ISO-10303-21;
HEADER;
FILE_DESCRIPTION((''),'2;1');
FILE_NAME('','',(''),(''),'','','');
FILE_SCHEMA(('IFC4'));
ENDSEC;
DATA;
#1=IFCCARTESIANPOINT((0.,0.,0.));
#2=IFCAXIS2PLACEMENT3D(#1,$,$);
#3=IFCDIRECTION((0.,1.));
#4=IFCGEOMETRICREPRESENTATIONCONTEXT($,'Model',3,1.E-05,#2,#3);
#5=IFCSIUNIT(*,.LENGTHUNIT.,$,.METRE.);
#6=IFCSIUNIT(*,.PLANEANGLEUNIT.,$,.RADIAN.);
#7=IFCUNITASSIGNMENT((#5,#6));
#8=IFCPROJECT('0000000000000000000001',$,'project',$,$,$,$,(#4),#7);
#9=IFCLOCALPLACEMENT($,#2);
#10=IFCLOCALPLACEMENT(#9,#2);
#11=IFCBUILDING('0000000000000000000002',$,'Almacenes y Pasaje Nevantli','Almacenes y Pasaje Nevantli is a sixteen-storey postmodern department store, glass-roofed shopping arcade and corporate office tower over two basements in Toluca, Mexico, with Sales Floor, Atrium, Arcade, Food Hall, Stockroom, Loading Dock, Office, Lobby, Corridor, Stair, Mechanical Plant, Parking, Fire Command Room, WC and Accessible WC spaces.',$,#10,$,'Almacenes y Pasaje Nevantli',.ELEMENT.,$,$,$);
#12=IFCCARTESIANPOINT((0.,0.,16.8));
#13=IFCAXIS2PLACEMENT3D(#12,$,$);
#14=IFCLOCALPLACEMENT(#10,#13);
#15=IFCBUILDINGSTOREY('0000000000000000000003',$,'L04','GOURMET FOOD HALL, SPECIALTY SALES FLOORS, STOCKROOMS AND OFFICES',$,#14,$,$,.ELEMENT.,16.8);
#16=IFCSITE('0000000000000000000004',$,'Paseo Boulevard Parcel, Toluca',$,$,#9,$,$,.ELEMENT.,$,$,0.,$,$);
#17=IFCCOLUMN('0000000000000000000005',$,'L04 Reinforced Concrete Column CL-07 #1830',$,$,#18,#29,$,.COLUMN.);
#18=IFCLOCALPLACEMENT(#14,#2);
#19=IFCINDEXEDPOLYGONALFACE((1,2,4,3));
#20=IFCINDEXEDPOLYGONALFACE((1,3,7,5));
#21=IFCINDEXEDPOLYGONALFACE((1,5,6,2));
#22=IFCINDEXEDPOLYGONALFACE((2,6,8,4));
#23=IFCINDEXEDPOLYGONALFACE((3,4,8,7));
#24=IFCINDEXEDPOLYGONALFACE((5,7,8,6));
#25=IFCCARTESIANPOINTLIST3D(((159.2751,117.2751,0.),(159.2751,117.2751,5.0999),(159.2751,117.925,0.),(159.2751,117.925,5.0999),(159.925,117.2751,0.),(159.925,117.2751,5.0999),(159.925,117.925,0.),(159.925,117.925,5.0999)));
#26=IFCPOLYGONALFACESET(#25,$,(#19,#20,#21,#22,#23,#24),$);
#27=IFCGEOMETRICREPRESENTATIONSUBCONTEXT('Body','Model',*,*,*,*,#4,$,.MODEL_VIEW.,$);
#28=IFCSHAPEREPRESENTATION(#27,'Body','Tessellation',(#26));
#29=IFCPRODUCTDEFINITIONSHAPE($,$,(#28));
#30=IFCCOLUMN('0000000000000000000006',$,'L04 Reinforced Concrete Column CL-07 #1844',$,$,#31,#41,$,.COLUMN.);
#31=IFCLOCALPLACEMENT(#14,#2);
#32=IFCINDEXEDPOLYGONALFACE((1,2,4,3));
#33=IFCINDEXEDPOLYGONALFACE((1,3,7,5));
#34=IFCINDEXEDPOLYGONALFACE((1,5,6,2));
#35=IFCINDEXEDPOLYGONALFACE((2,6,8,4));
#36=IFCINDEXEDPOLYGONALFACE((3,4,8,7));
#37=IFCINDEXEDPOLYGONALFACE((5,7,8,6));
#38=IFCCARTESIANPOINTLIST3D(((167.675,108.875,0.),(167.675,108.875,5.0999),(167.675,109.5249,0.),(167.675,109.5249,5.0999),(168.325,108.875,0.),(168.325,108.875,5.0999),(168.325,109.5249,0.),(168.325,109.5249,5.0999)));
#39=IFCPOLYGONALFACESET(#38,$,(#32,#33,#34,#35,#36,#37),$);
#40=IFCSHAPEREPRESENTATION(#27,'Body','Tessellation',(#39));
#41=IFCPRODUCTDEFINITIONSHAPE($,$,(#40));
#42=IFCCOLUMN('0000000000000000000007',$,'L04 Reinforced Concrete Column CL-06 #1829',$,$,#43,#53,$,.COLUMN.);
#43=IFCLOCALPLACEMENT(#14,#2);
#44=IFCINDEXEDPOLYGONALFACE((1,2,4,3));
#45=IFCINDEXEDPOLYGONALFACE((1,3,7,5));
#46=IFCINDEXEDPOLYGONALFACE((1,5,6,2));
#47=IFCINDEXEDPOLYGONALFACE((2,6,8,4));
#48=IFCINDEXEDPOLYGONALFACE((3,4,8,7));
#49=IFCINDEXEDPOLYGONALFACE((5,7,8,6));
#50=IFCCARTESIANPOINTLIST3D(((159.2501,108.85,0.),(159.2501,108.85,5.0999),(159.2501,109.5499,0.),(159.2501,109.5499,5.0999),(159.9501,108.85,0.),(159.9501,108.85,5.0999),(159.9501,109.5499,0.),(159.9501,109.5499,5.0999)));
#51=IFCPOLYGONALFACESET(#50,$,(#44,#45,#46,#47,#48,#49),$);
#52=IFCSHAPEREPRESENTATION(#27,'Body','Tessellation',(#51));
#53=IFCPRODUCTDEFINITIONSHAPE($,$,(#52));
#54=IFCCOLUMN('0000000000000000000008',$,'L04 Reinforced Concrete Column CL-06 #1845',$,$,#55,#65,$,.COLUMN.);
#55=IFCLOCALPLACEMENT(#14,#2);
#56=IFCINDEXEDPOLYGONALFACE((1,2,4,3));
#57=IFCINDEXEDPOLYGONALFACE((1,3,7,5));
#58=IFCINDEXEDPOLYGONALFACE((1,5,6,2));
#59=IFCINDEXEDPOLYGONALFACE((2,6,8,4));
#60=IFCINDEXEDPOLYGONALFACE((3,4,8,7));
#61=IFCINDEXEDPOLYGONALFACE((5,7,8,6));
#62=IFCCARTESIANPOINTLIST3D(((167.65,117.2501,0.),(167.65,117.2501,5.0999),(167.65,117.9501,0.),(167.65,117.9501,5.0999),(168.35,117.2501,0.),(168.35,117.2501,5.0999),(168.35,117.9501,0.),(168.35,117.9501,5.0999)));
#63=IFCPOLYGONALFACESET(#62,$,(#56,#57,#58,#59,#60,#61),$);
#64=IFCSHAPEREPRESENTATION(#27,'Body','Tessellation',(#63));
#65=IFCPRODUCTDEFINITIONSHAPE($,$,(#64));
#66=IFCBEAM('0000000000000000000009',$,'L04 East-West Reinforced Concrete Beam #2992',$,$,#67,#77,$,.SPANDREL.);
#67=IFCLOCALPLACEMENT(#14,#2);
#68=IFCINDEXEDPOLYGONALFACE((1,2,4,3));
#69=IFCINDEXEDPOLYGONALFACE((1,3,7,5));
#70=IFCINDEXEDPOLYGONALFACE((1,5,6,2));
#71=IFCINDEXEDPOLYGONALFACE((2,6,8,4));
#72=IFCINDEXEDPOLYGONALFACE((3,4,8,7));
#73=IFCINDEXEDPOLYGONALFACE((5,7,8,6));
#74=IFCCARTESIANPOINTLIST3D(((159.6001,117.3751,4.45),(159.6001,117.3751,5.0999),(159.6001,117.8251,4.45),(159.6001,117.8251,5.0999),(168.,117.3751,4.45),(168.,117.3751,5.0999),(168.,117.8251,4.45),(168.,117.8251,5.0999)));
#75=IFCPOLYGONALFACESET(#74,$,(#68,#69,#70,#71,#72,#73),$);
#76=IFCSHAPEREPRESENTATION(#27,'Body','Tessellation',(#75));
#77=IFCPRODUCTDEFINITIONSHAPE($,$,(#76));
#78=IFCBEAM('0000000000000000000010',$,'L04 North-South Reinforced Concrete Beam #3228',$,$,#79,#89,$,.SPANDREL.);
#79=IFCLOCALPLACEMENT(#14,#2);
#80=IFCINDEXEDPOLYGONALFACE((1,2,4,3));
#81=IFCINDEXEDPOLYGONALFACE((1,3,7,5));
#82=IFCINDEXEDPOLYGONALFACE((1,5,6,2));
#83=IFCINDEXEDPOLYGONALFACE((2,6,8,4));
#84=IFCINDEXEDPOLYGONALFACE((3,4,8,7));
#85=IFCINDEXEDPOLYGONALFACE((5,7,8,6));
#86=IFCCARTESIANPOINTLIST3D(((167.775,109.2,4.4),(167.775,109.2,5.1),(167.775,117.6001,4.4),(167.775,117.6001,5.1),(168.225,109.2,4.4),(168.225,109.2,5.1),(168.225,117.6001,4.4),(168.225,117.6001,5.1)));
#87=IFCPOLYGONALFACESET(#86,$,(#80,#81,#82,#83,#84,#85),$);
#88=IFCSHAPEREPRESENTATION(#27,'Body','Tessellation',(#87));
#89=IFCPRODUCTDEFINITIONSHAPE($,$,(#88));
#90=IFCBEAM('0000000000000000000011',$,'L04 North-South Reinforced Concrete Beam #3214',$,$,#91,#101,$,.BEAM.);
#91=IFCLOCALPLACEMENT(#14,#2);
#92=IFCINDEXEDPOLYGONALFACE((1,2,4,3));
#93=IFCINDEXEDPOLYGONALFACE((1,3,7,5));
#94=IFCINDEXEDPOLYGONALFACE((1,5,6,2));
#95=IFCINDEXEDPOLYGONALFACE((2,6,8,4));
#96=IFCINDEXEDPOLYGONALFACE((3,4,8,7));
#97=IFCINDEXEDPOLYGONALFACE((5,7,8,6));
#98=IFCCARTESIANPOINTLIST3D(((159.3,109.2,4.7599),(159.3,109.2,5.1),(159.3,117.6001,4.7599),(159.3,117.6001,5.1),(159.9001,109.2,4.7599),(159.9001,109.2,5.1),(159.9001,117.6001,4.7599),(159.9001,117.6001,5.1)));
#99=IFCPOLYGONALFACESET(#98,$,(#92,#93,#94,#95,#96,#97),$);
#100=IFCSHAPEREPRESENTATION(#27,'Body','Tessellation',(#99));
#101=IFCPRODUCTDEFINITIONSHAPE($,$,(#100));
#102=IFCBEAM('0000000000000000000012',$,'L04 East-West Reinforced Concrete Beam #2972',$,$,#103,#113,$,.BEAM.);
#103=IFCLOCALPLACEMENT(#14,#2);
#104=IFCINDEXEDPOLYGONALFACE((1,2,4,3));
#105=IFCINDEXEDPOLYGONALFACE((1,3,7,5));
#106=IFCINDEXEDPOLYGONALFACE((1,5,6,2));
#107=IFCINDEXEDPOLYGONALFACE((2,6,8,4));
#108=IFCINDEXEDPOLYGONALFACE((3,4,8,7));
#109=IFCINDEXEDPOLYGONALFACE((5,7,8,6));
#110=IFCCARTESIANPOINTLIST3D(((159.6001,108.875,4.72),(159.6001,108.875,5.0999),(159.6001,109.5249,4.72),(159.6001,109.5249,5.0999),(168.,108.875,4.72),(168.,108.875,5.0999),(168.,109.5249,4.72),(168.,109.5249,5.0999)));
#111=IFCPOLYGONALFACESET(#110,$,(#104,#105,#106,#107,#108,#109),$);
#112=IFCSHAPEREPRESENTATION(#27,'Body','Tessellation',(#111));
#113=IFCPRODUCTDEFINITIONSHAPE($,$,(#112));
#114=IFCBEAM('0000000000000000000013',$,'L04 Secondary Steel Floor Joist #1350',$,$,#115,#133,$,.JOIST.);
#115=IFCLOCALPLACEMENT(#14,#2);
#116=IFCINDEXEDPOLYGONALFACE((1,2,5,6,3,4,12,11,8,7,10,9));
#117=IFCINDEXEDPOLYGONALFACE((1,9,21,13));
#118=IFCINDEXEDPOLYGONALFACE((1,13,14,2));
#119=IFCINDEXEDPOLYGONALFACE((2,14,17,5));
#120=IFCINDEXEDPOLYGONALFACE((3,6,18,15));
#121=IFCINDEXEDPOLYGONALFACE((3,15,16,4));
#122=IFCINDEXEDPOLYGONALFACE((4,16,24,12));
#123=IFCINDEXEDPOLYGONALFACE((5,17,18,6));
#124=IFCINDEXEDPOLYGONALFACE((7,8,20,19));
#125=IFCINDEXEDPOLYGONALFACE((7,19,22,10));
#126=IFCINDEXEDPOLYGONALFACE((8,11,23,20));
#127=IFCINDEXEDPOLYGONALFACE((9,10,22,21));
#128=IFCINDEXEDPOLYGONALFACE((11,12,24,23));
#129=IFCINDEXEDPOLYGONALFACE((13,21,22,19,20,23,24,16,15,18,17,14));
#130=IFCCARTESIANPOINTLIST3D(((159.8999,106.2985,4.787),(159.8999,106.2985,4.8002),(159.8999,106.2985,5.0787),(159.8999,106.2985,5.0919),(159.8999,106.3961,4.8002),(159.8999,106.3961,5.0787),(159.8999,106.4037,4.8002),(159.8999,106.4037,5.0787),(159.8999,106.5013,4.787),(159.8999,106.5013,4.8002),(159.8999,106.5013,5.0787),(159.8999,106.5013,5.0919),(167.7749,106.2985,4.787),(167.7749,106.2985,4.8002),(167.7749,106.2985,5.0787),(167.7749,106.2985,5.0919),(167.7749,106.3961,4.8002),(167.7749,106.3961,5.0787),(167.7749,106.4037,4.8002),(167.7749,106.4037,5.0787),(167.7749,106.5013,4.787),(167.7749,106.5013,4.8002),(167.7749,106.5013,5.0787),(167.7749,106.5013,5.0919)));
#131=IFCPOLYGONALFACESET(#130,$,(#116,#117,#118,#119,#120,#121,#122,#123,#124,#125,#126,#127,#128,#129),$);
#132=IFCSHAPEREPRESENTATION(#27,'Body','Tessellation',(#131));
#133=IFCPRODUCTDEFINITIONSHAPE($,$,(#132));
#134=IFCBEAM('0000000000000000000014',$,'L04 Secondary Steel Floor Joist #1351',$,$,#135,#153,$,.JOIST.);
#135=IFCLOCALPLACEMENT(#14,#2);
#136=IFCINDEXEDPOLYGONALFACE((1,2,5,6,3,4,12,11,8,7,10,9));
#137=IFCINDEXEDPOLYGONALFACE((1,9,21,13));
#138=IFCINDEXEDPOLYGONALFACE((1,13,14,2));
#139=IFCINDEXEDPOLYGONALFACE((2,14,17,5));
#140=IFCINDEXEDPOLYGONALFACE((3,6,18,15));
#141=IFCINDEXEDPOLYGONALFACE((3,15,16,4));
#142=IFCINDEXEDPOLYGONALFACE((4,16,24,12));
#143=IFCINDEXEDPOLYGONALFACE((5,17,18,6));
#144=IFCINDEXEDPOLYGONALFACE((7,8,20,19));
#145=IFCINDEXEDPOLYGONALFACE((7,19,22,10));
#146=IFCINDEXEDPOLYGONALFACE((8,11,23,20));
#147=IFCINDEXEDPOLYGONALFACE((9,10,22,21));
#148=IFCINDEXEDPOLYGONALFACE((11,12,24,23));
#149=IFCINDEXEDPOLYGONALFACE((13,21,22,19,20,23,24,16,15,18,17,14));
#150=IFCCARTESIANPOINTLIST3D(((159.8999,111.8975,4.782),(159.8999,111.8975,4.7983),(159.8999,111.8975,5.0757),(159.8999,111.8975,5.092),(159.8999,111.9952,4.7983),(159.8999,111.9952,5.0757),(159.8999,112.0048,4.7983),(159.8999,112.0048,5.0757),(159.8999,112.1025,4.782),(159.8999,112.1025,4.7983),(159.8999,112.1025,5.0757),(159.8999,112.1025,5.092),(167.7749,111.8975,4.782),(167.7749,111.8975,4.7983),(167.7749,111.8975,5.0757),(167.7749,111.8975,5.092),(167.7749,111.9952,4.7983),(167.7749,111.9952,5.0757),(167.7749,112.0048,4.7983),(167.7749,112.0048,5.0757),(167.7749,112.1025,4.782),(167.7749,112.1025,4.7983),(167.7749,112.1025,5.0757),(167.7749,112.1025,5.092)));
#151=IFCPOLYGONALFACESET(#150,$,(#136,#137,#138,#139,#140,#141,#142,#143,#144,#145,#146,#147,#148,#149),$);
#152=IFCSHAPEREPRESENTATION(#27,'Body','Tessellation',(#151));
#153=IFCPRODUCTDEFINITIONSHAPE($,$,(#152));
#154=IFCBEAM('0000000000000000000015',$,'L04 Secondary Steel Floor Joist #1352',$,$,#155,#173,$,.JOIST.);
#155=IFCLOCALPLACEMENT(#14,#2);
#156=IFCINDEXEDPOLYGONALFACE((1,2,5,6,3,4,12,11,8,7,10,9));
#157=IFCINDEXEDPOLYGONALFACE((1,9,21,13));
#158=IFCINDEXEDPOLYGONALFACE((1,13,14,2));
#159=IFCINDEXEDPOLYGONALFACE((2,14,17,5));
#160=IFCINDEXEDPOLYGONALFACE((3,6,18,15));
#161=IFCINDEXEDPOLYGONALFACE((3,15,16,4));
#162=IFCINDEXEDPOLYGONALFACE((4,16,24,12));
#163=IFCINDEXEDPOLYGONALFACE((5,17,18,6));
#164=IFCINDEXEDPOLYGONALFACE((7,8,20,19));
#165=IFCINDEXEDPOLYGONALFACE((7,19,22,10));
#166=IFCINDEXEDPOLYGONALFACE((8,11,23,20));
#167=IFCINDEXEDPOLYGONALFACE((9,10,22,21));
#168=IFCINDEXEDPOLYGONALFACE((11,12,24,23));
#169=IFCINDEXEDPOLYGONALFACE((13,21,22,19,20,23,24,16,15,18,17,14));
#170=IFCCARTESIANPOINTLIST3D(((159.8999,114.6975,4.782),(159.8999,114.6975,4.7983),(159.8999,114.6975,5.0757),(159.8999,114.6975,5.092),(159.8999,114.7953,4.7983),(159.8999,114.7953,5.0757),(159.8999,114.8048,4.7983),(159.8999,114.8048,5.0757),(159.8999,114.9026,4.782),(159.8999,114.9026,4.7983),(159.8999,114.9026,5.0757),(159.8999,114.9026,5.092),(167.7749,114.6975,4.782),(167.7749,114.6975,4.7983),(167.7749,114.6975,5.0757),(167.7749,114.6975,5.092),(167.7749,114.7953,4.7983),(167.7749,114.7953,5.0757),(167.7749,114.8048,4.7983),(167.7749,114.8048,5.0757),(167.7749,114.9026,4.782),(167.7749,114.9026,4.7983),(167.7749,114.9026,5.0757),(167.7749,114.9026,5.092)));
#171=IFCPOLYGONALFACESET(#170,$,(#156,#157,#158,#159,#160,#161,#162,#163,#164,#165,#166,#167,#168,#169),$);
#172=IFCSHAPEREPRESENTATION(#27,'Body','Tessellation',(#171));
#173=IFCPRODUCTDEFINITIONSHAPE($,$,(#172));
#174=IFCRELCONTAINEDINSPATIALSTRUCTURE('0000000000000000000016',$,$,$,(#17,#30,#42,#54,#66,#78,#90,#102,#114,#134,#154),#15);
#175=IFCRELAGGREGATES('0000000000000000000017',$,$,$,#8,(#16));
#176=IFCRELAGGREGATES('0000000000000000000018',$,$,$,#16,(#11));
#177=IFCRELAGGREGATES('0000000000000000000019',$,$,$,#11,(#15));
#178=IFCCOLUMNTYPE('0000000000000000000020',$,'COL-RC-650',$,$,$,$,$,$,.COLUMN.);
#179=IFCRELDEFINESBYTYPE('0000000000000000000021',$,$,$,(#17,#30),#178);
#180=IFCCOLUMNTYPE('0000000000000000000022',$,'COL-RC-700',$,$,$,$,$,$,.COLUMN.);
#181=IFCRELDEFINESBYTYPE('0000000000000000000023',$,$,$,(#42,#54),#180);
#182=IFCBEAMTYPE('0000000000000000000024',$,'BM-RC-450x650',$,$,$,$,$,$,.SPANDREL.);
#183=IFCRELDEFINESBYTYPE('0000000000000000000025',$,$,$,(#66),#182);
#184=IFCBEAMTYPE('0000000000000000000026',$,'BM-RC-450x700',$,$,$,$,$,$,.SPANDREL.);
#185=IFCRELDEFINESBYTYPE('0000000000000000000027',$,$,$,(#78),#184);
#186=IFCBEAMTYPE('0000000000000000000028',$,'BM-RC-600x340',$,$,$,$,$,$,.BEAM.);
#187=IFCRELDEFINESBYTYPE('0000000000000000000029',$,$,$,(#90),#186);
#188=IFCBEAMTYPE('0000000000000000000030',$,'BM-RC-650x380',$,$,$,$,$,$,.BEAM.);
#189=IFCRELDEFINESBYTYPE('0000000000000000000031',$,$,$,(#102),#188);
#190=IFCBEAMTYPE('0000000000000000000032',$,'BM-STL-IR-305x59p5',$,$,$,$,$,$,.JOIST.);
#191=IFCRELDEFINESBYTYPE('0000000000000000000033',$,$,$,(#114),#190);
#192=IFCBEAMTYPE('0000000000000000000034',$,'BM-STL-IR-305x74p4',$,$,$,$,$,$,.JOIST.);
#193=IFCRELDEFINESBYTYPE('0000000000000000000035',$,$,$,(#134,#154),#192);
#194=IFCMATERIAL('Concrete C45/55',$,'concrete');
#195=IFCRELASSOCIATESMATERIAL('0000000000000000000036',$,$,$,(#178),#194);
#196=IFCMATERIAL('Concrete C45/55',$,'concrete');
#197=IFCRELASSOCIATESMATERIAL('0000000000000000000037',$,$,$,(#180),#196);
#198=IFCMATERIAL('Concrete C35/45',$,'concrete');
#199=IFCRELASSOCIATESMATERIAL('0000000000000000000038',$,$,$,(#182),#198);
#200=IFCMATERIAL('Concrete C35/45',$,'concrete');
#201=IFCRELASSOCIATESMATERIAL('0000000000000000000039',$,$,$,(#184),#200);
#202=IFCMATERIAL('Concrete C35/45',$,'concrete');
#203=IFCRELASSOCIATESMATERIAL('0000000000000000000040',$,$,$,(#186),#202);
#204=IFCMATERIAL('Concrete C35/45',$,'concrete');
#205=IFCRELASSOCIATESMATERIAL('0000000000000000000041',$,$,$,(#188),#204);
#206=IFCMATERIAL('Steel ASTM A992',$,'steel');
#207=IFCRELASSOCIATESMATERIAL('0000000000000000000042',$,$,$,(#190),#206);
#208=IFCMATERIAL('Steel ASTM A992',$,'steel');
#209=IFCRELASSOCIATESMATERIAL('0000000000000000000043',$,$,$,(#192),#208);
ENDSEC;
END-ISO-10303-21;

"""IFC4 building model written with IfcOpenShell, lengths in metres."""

from ifc_helpers import new_model, si_unit, direction, frame, origin, origin_2d, place, context, subcontext, project, spatial, rectangle, i_section, extrude, material, material_profile, profile_set, type_object, element, save


model = new_model("IFC4")

# Units and contexts
model_context = context("Model", 3, precision=1e-05, world=origin(), true_north=direction((0.0, 1.0)))
body_context = subcontext(model_context, "Body", "Model", "MODEL_VIEW")
ifc_project = project(units=[si_unit("LENGTHUNIT", "METRE"), si_unit("PLANEANGLEUNIT", "RADIAN")], contexts=[model_context])

# Site, building, storey
site_placement = place(None, origin())
site = spatial("IfcSite", under=ifc_project, at=site_placement, Name="Paseo Boulevard Parcel, Toluca", CompositionType="ELEMENT", RefElevation=0.0)
building_placement = place(site_placement, origin())
building = spatial("IfcBuilding", under=site, at=building_placement, Name="Almacenes y Pasaje Nevantli", Description="Almacenes y Pasaje Nevantli is a sixteen-storey postmodern department store, glass-roofed shopping arcade and corporate office tower over two basements in Toluca, Mexico, with Sales Floor, Atrium, Arcade, Food Hall, Stockroom, Loading Dock, Office, Lobby, Corridor, Stair, Mechanical Plant, Parking, Fire Command Room, WC and Accessible WC spaces.", LongName="Almacenes y Pasaje Nevantli", CompositionType="ELEMENT")
storey_placement = place(building_placement, frame((0.0, 0.0, 16.8)))
storey = spatial("IfcBuildingStorey", under=building, at=storey_placement, Name="L04", Description="GOURMET FOOD HALL, SPECIALTY SALES FLOORS, STOCKROOMS AND OFFICES", CompositionType="ELEMENT", Elevation=16.8)

# Columns
ifc_material_1 = material(Name="Concrete C45/55", Category="concrete")
ifc_material_profile_1 = material_profile(ifc_material_1, rectangle(XDim=0.6499, YDim=0.6499, at=origin_2d()), Name="RC-COL-650x650")
ifc_profile_set_1 = profile_set([ifc_material_profile_1], Name="Concrete C45/55")
column_type_1 = type_object("IfcColumnType", Name="COL-RC-650", PredefinedType="COLUMN", material=ifc_profile_set_1)
for number, where, z_axis, x_axis, name in (
    (1, (159.6001, 117.6001, 0.0), (0.0, 0.0, 1.0), (1.0, 0.0, 0.0), "L04 Reinforced Concrete Column CL-07 #1830"),
    (2, (168.0, 109.2, 0.0), (0.0, 0.0, 1.0), (1.0, 0.0, 0.0), "L04 Reinforced Concrete Column CL-07 #1844"),
):
    element("IfcColumn", number, at=place(storey_placement, frame(where, z_axis=z_axis, x_axis=x_axis)), inside=storey, type_object=column_type_1, Name=name, PredefinedType="COLUMN", context=body_context, shape_type="SweptSolid", body=[
        extrude(rectangle(XDim=0.6499, YDim=0.6499, at=origin_2d()), origin(), (0.0, 0.0, 1.0), 5.0999),
    ])
ifc_material_2 = material(Name="Concrete C45/55", Category="concrete")
ifc_material_profile_2 = material_profile(ifc_material_2, rectangle(XDim=0.7, YDim=0.7, at=origin_2d()), Name="RC-COL-700x700")
ifc_profile_set_2 = profile_set([ifc_material_profile_2], Name="Concrete C45/55")
column_type_2 = type_object("IfcColumnType", Name="COL-RC-700", PredefinedType="COLUMN", material=ifc_profile_set_2)
for number, where, z_axis, x_axis, name in (
    (3, (159.6001, 109.2, 0.0), (0.0, 0.0, 1.0), (1.0, 0.0, 0.0), "L04 Reinforced Concrete Column CL-06 #1829"),
    (4, (168.0, 117.6001, 0.0), (0.0, 0.0, 1.0), (1.0, 0.0, 0.0), "L04 Reinforced Concrete Column CL-06 #1845"),
):
    element("IfcColumn", number, at=place(storey_placement, frame(where, z_axis=z_axis, x_axis=x_axis)), inside=storey, type_object=column_type_2, Name=name, PredefinedType="COLUMN", context=body_context, shape_type="SweptSolid", body=[
        extrude(rectangle(XDim=0.7, YDim=0.7, at=origin_2d()), origin(), (0.0, 0.0, 1.0), 5.0999),
    ])

# Beams
ifc_material_3 = material(Name="Concrete C35/45", Category="concrete")
ifc_material_profile_3 = material_profile(ifc_material_3, rectangle(XDim=0.45, YDim=0.6499, at=origin_2d()), Name="RC-BM-450x650")
ifc_profile_set_3 = profile_set([ifc_material_profile_3], Name="Concrete C35/45")
beam_type_1 = type_object("IfcBeamType", Name="BM-RC-450x650", PredefinedType="SPANDREL", material=ifc_profile_set_3)
beam_1_placement = place(storey_placement, frame((159.6001, 117.6001, 4.7749), z_axis=(1.0, 0.0, 0.0), x_axis=(0.0, 1.0, 0.0)))
element("IfcBeam", 5, at=beam_1_placement, inside=storey, type_object=beam_type_1, Name="L04 East-West Reinforced Concrete Beam #2992", PredefinedType="SPANDREL", context=body_context, shape_type="SweptSolid", body=[
    extrude(rectangle(XDim=0.45, YDim=0.6499, at=origin_2d()), origin(), (0.0, 0.0, 1.0), 8.3999),
])
ifc_material_4 = material(Name="Concrete C35/45", Category="concrete")
ifc_material_profile_4 = material_profile(ifc_material_4, rectangle(XDim=0.45, YDim=0.7, at=origin_2d()), Name="RC-BM-450x700")
ifc_profile_set_4 = profile_set([ifc_material_profile_4], Name="Concrete C35/45")
beam_type_2 = type_object("IfcBeamType", Name="BM-RC-450x700", PredefinedType="SPANDREL", material=ifc_profile_set_4)
beam_2_placement = place(storey_placement, frame((168.0, 109.2, 4.75), z_axis=(0.0, 1.0, 0.0), x_axis=(-1.0, 0.0, 0.0)))
element("IfcBeam", 6, at=beam_2_placement, inside=storey, type_object=beam_type_2, Name="L04 North-South Reinforced Concrete Beam #3228", PredefinedType="SPANDREL", context=body_context, shape_type="SweptSolid", body=[
    extrude(rectangle(XDim=0.45, YDim=0.7, at=origin_2d()), origin(), (0.0, 0.0, 1.0), 8.4001),
])
ifc_material_5 = material(Name="Concrete C35/45", Category="concrete")
ifc_material_profile_5 = material_profile(ifc_material_5, rectangle(XDim=0.6001, YDim=0.3401, at=origin_2d()), Name="RC-BM-600x340")
ifc_profile_set_5 = profile_set([ifc_material_profile_5], Name="Concrete C35/45")
beam_type_3 = type_object("IfcBeamType", Name="BM-RC-600x340", PredefinedType="BEAM", material=ifc_profile_set_5)
beam_3_placement = place(storey_placement, frame((159.6001, 109.2, 4.9299), z_axis=(0.0, 1.0, 0.0), x_axis=(-1.0, 0.0, 0.0)))
element("IfcBeam", 7, at=beam_3_placement, inside=storey, type_object=beam_type_3, Name="L04 North-South Reinforced Concrete Beam #3214", PredefinedType="BEAM", context=body_context, shape_type="SweptSolid", body=[
    extrude(rectangle(XDim=0.6001, YDim=0.3401, at=origin_2d()), origin(), (0.0, 0.0, 1.0), 8.4001),
])
ifc_material_6 = material(Name="Concrete C35/45", Category="concrete")
ifc_material_profile_6 = material_profile(ifc_material_6, rectangle(XDim=0.6499, YDim=0.3799, at=origin_2d()), Name="RC-BM-650x380")
ifc_profile_set_6 = profile_set([ifc_material_profile_6], Name="Concrete C35/45")
beam_type_4 = type_object("IfcBeamType", Name="BM-RC-650x380", PredefinedType="BEAM", material=ifc_profile_set_6)
beam_4_placement = place(storey_placement, frame((159.6001, 109.2, 4.9099), z_axis=(1.0, 0.0, 0.0), x_axis=(0.0, 1.0, 0.0)))
element("IfcBeam", 8, at=beam_4_placement, inside=storey, type_object=beam_type_4, Name="L04 East-West Reinforced Concrete Beam #2972", PredefinedType="BEAM", context=body_context, shape_type="SweptSolid", body=[
    extrude(rectangle(XDim=0.6499, YDim=0.3799, at=origin_2d()), origin(), (0.0, 0.0, 1.0), 8.3999),
])
ifc_material_7 = material(Name="Steel ASTM A992", Category="steel")
ifc_material_profile_7 = material_profile(ifc_material_7, i_section(OverallWidth=0.2029, OverallDepth=0.3049, WebThickness=0.0076, FlangeThickness=0.0132, at=origin_2d()), Name="IR 305x59.5")
ifc_profile_set_7 = profile_set([ifc_material_profile_7], Name="Steel ASTM A992")
beam_type_5 = type_object("IfcBeamType", Name="BM-STL-IR-305x59p5", PredefinedType="JOIST", material=ifc_profile_set_7)
beam_5_placement = place(storey_placement, frame((159.8999, 106.3999, 4.9395), z_axis=(1.0, 0.0, 0.0), x_axis=(0.0, 1.0, 0.0)))
element("IfcBeam", 9, at=beam_5_placement, inside=storey, type_object=beam_type_5, Name="L04 Secondary Steel Floor Joist #1350", PredefinedType="JOIST", context=body_context, shape_type="SweptSolid", body=[
    extrude(i_section(OverallWidth=0.2029, OverallDepth=0.3049, WebThickness=0.0076, FlangeThickness=0.0132, at=origin_2d()), origin(), (0.0, 0.0, 1.0), 7.875),
])
ifc_material_8 = material(Name="Steel ASTM A992", Category="steel")
ifc_material_profile_8 = material_profile(ifc_material_8, i_section(OverallWidth=0.2051, OverallDepth=0.3101, WebThickness=0.0095, FlangeThickness=0.0164, at=origin_2d()), Name="IR 305x74.4")
ifc_profile_set_8 = profile_set([ifc_material_profile_8], Name="Steel ASTM A992")
beam_type_6 = type_object("IfcBeamType", Name="BM-STL-IR-305x74p4", PredefinedType="JOIST", material=ifc_profile_set_8)
for number, where, z_axis, x_axis, name in (
    (10, (159.8999, 112.0, 4.937), (1.0, 0.0, 0.0), (0.0, 1.0, 0.0), "L04 Secondary Steel Floor Joist #1351"),
    (11, (159.8999, 114.8, 4.937), (1.0, 0.0, 0.0), (0.0, 1.0, 0.0), "L04 Secondary Steel Floor Joist #1352"),
):
    element("IfcBeam", number, at=place(storey_placement, frame(where, z_axis=z_axis, x_axis=x_axis)), inside=storey, type_object=beam_type_6, Name=name, PredefinedType="JOIST", context=body_context, shape_type="SweptSolid", body=[
        extrude(i_section(OverallWidth=0.2051, OverallDepth=0.3101, WebThickness=0.0095, FlangeThickness=0.0164, at=origin_2d()), origin(), (0.0, 0.0, 1.0), 7.875),
    ])

save(model, "model.ifc")
